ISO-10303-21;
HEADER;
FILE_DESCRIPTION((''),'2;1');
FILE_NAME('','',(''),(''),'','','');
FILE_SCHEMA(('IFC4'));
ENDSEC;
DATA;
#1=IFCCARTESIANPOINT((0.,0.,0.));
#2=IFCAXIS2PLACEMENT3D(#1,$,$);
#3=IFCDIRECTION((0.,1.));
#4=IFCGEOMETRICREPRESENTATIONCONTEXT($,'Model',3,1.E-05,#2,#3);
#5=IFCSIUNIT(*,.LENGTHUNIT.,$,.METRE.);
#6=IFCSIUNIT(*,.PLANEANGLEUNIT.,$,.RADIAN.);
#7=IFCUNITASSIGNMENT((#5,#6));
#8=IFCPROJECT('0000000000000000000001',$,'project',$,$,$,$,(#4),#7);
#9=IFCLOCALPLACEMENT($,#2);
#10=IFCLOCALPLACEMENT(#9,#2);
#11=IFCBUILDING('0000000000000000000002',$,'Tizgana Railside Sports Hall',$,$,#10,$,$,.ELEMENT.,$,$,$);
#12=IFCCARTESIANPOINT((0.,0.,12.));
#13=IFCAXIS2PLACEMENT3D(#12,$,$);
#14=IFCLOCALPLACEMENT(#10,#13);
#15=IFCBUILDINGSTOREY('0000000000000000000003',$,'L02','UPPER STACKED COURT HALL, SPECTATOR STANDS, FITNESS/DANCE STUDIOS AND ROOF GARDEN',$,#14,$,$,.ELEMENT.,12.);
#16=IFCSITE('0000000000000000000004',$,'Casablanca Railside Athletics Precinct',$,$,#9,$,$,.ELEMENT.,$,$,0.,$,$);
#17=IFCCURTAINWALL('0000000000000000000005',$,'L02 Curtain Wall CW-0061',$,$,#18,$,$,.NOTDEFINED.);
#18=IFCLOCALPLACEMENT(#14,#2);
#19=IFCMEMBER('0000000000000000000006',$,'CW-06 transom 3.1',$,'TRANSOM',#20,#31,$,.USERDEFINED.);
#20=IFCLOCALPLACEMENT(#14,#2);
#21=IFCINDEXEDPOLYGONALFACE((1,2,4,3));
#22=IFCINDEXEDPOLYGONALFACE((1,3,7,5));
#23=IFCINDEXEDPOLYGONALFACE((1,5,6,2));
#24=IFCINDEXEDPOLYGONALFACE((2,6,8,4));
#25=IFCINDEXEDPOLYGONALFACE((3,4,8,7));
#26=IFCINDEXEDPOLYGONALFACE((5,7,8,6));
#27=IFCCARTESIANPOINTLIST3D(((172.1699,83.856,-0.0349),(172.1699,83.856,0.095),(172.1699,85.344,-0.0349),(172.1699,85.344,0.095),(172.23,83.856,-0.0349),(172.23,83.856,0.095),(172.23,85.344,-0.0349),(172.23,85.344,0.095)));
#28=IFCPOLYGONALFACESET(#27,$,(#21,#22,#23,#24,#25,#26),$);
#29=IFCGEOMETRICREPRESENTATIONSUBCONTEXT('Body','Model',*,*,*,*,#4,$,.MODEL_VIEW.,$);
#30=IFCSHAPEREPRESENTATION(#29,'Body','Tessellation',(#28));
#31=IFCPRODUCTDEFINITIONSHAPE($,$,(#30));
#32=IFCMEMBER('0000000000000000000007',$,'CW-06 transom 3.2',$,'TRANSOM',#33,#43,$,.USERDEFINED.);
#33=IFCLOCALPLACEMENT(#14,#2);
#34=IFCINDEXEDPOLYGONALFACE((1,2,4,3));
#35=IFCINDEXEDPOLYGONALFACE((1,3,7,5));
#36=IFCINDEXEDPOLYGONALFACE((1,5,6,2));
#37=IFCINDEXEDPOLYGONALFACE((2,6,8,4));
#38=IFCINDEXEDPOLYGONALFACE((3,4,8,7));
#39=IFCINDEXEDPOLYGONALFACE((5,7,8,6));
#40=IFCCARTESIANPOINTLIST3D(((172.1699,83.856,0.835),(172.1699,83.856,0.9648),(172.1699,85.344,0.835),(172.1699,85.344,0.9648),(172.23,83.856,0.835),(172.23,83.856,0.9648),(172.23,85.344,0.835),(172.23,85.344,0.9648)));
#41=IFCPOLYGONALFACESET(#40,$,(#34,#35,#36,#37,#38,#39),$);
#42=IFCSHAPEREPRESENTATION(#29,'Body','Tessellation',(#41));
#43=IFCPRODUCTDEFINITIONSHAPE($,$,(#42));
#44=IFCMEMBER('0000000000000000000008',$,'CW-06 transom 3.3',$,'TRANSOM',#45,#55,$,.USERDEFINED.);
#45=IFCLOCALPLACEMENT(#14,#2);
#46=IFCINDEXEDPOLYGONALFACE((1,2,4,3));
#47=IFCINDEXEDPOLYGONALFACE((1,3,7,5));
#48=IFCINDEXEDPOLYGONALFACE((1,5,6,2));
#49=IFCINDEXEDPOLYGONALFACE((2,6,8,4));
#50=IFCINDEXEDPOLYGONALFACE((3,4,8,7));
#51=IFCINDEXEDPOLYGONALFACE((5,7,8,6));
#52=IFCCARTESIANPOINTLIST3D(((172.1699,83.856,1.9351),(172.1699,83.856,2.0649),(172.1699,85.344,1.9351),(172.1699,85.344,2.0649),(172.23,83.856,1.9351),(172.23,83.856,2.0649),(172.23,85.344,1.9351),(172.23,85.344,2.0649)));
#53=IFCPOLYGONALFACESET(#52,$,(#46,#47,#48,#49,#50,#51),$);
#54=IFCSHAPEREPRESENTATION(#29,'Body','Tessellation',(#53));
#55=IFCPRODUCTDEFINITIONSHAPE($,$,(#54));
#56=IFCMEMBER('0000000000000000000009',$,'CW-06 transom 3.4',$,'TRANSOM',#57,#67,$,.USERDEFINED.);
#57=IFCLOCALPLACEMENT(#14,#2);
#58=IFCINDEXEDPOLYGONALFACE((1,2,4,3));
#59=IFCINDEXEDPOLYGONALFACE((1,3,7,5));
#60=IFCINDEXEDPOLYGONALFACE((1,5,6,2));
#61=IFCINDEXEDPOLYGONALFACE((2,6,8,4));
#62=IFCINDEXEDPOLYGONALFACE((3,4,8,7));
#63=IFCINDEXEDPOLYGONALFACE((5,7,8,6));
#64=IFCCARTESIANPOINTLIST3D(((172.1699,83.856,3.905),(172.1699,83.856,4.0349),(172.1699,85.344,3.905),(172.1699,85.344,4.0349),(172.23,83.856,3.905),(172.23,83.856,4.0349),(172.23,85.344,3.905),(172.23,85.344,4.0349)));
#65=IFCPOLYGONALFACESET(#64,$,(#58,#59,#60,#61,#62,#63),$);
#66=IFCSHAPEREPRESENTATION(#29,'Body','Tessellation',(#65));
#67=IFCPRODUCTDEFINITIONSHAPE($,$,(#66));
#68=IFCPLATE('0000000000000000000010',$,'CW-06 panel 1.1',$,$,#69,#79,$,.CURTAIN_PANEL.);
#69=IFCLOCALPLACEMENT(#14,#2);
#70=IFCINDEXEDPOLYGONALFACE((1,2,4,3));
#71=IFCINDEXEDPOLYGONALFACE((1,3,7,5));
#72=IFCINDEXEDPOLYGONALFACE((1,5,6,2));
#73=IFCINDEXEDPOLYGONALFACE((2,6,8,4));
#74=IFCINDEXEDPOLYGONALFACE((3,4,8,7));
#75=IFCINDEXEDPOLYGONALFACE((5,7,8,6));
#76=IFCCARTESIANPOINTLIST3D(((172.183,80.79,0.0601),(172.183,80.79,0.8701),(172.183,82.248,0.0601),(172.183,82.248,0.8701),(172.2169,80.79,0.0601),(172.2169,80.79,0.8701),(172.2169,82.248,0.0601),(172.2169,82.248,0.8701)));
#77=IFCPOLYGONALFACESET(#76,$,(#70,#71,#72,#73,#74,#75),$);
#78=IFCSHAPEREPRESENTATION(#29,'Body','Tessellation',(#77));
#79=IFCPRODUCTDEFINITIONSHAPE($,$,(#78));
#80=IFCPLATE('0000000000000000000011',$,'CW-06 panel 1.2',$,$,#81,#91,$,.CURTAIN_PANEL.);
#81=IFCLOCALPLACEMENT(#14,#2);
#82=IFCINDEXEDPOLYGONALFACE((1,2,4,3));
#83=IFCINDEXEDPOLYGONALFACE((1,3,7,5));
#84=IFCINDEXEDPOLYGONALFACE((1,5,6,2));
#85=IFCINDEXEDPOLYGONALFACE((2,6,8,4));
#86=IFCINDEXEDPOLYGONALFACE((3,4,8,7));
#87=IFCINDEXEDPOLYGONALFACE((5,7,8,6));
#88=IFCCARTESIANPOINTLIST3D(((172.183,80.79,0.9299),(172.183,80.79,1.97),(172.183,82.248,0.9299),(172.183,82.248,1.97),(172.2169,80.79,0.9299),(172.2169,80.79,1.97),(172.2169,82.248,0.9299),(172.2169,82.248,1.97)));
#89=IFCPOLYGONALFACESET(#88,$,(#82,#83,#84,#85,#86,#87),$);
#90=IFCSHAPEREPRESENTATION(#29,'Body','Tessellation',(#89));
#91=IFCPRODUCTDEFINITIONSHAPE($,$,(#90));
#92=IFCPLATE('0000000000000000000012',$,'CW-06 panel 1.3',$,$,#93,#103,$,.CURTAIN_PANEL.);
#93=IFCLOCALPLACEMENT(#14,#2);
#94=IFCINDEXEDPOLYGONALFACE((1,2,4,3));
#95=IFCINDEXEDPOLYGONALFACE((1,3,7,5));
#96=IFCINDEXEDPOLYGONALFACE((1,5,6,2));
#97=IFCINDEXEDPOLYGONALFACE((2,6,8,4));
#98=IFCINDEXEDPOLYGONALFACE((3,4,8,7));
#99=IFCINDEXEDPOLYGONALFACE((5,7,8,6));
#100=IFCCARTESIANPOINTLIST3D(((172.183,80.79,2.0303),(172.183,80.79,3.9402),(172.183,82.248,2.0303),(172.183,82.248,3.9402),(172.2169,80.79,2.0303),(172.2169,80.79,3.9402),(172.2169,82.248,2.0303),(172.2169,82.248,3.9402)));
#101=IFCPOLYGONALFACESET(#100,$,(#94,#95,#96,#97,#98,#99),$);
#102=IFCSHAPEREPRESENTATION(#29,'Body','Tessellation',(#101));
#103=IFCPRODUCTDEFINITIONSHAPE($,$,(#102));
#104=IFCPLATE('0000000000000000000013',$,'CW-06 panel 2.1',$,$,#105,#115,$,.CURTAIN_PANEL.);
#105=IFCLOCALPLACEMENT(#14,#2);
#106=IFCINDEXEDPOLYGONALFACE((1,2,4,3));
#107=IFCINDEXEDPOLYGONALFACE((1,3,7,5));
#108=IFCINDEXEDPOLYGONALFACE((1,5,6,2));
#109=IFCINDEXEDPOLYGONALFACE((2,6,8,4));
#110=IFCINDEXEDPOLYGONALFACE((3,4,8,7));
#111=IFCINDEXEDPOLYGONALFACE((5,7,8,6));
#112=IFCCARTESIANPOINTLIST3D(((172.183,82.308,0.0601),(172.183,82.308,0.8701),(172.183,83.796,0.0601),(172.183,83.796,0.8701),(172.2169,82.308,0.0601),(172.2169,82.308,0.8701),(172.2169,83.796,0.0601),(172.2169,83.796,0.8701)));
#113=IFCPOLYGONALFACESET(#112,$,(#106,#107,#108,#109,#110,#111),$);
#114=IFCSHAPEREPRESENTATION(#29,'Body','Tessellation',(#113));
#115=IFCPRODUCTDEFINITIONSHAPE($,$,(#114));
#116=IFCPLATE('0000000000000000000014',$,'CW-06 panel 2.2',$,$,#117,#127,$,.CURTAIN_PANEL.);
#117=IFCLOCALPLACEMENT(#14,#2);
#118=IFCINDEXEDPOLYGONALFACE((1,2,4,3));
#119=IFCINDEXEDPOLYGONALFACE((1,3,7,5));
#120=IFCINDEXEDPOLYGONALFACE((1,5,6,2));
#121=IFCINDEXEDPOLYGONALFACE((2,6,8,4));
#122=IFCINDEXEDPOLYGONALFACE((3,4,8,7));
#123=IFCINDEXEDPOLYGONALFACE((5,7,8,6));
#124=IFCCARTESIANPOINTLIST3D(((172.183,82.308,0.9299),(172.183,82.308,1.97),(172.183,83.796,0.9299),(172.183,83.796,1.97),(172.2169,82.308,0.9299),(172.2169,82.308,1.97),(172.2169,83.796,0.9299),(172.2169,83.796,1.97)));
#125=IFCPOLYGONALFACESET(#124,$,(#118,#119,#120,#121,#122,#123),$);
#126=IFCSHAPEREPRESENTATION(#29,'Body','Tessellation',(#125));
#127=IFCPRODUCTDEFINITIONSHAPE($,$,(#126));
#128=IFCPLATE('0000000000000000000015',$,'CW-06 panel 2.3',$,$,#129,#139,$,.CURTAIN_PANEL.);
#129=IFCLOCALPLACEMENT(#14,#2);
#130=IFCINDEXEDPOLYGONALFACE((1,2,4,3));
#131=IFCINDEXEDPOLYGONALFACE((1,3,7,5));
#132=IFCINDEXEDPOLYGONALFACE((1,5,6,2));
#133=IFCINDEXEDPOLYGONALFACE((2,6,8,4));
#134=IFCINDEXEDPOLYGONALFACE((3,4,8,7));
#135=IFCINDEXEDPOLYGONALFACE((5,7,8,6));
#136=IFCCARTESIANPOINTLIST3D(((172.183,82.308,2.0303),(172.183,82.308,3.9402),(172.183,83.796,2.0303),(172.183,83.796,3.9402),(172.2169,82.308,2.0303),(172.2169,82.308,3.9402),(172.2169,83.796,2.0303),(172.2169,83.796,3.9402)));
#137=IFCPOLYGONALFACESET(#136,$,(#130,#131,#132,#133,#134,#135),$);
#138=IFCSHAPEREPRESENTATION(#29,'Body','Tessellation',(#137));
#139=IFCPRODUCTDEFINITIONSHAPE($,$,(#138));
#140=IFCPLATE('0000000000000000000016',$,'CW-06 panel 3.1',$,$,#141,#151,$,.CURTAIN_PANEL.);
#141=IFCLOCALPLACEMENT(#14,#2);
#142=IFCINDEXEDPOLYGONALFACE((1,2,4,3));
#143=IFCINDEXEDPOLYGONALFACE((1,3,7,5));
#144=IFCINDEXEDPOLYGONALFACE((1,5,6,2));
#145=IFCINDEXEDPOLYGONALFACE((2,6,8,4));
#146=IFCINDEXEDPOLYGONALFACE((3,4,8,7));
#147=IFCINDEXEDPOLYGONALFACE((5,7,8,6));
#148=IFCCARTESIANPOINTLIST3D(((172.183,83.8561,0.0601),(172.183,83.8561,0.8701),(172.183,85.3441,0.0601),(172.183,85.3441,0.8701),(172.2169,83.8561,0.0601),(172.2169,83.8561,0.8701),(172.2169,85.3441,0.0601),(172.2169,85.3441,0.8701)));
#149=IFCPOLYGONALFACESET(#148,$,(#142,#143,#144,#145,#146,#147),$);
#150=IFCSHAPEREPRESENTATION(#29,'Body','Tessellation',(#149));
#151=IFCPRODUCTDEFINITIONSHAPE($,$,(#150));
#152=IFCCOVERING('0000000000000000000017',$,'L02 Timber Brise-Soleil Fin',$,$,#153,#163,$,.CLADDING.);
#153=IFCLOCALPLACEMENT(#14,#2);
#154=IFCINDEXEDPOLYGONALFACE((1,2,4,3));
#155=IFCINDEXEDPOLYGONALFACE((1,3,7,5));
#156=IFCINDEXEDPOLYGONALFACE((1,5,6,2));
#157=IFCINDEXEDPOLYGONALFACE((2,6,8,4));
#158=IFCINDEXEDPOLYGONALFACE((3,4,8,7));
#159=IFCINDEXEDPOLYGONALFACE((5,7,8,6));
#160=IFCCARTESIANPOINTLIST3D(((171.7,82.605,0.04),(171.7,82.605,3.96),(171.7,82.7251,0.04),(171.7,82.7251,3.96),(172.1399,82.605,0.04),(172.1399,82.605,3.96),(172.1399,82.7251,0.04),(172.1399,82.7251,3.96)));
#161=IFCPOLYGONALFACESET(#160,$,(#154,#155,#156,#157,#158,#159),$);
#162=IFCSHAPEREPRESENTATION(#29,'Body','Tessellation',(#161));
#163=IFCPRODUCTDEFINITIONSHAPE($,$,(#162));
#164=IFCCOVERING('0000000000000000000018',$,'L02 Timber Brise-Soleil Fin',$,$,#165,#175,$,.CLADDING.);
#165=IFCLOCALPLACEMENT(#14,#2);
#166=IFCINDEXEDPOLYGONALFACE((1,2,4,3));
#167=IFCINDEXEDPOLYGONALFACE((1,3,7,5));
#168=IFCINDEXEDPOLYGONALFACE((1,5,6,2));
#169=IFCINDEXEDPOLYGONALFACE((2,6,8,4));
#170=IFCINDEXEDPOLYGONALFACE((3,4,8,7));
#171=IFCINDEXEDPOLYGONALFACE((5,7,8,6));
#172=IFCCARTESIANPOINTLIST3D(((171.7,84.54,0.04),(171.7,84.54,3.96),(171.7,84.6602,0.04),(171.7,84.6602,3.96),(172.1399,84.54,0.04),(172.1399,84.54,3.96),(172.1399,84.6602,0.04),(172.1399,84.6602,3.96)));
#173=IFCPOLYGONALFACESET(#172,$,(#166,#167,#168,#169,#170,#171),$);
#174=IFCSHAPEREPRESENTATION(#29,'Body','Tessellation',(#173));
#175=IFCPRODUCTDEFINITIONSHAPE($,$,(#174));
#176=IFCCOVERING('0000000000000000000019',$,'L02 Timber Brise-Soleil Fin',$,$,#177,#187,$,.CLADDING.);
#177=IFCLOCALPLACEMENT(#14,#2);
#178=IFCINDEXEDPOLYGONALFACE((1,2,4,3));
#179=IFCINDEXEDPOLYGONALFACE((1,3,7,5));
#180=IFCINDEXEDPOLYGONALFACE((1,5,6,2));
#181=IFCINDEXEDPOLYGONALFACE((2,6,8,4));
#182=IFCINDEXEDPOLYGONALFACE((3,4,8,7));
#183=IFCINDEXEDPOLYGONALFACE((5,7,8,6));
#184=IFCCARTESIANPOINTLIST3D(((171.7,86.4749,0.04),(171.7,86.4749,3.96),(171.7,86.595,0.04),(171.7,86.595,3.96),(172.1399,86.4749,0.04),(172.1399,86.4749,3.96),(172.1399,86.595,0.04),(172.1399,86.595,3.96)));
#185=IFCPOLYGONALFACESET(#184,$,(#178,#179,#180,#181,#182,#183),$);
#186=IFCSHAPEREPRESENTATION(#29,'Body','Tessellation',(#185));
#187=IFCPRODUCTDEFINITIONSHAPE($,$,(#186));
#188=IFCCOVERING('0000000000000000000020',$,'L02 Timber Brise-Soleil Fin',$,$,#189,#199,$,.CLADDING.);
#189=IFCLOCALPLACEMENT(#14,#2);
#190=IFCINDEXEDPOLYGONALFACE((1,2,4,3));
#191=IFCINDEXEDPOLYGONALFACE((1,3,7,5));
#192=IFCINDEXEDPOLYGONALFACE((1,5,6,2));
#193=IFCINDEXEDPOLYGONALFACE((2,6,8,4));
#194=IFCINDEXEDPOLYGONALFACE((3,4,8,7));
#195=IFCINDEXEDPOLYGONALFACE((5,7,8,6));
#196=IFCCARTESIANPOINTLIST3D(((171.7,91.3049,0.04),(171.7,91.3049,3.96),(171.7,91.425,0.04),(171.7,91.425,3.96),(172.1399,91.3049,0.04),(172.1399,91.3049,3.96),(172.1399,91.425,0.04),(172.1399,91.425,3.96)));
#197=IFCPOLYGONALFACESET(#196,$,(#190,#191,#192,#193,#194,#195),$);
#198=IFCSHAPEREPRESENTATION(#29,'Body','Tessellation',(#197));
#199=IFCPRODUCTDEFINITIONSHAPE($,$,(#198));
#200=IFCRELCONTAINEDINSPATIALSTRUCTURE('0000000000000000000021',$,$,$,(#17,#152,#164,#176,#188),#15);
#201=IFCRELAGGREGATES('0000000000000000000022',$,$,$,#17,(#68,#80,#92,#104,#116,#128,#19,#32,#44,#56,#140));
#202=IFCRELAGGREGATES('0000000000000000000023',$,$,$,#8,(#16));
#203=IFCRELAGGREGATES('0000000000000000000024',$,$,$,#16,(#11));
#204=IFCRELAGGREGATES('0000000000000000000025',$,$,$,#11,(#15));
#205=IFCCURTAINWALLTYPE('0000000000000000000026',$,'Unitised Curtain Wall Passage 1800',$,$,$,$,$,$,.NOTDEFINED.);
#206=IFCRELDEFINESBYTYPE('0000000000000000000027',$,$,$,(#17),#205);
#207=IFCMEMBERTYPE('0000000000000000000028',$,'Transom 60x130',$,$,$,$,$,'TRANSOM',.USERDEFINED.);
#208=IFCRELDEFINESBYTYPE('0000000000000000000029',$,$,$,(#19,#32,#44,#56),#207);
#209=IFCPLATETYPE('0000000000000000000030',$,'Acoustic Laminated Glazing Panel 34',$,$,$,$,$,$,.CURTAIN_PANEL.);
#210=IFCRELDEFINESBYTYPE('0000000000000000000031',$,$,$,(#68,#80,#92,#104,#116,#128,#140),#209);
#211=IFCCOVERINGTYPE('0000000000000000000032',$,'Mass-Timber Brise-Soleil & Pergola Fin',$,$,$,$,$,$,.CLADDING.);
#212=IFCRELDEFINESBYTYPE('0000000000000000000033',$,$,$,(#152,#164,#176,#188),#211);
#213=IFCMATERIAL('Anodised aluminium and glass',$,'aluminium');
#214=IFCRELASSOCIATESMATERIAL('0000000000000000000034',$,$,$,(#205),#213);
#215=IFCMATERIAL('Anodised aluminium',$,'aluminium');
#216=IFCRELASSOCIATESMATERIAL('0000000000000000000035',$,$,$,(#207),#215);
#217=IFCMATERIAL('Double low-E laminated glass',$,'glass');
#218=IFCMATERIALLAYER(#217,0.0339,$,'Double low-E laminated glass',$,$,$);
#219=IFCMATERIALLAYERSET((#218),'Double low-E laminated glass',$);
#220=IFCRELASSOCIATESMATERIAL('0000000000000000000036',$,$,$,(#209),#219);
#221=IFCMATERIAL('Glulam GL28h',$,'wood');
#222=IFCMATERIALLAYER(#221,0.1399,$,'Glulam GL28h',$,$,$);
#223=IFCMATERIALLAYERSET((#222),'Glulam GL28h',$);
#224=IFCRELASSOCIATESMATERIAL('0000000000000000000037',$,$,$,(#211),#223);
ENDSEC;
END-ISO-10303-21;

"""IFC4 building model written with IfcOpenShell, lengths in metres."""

from ifc_helpers import new_model, si_unit, direction, frame, origin, origin_2d, place, context, subcontext, project, spatial, rectangle, extrude, material, layer, layer_set, material_profile, profile_set, type_object, element, aggregate, save


model = new_model("IFC4")

# Units and contexts
model_context = context("Model", 3, precision=1e-05, world=origin(), true_north=direction((0.0, 1.0)))
body_context = subcontext(model_context, "Body", "Model", "MODEL_VIEW")
ifc_project = project(units=[si_unit("LENGTHUNIT", "METRE"), si_unit("PLANEANGLEUNIT", "RADIAN")], contexts=[model_context])

# Site, building, storey
site_placement = place(None, origin())
site = spatial("IfcSite", under=ifc_project, at=site_placement, Name="Casablanca Railside Athletics Precinct", CompositionType="ELEMENT", RefElevation=0.0)
building_placement = place(site_placement, origin())
building = spatial("IfcBuilding", under=site, at=building_placement, Name="Tizgana Railside Sports Hall", CompositionType="ELEMENT")
storey_placement = place(building_placement, frame((0.0, 0.0, 12.0)))
storey = spatial("IfcBuildingStorey", under=building, at=storey_placement, Name="L02", Description="UPPER STACKED COURT HALL, SPECTATOR STANDS, FITNESS/DANCE STUDIOS AND ROOF GARDEN", CompositionType="ELEMENT", Elevation=12.0)

# Curtain wall
ifc_material_1 = material(Name="Anodised aluminium and glass", Category="aluminium")
curtain_wall_type = type_object("IfcCurtainWallType", Name="Unitised Curtain Wall Passage 1800", PredefinedType="NOTDEFINED", material=ifc_material_1)
curtain_wall_placement = place(storey_placement, origin())
curtain_wall = element("IfcCurtainWall", 1, at=curtain_wall_placement, inside=storey, type_object=curtain_wall_type, Name="L02 Curtain Wall CW-0061", PredefinedType="NOTDEFINED")
ifc_material_2 = material(Name="Anodised aluminium", Category="aluminium")

# Members
ifc_material_profile_1 = material_profile(ifc_material_2, rectangle(XDim=0.0601, YDim=0.1299, at=origin_2d()), Name="Transom 60x130")
ifc_profile_set_1 = profile_set([ifc_material_profile_1], Name="Anodised aluminium")
member_type_1 = type_object("IfcMemberType", Name="Transom 60x130", ElementType="TRANSOM", PredefinedType="USERDEFINED", material=ifc_profile_set_1)
member_1_placement = place(storey_placement, frame((172.2, 83.856, 0.03), z_axis=(0.0, 1.0, 0.0), x_axis=(-1.0, 0.0, 0.0)))
member_1 = element("IfcMember", 2, at=member_1_placement, type_object=member_type_1, Name="CW-06 transom 3.1", ObjectType="TRANSOM", PredefinedType="USERDEFINED", context=body_context, shape_type="SweptSolid", body=[
    extrude(rectangle(XDim=0.0601, YDim=0.1299, at=origin_2d()), origin(), (0.0, 0.0, 1.0), 1.488),
])
member_2_placement = place(storey_placement, frame((172.2, 83.856, 0.8999), z_axis=(0.0, 1.0, 0.0), x_axis=(-1.0, 0.0, 0.0)))
member_2 = element("IfcMember", 3, at=member_2_placement, type_object=member_type_1, Name="CW-06 transom 3.2", ObjectType="TRANSOM", PredefinedType="USERDEFINED", context=body_context, shape_type="SweptSolid", body=[
    extrude(rectangle(XDim=0.0601, YDim=0.1299, at=origin_2d()), origin(), (0.0, 0.0, 1.0), 1.488),
])
member_3_placement = place(storey_placement, frame((172.2, 83.856, 2.0), z_axis=(0.0, 1.0, 0.0), x_axis=(-1.0, 0.0, 0.0)))
member_3 = element("IfcMember", 4, at=member_3_placement, type_object=member_type_1, Name="CW-06 transom 3.3", ObjectType="TRANSOM", PredefinedType="USERDEFINED", context=body_context, shape_type="SweptSolid", body=[
    extrude(rectangle(XDim=0.0601, YDim=0.1299, at=origin_2d()), origin(), (0.0, 0.0, 1.0), 1.488),
])
member_4_placement = place(storey_placement, frame((172.2, 83.856, 3.97), z_axis=(0.0, 1.0, 0.0), x_axis=(-1.0, 0.0, 0.0)))
member_4 = element("IfcMember", 5, at=member_4_placement, type_object=member_type_1, Name="CW-06 transom 3.4", ObjectType="TRANSOM", PredefinedType="USERDEFINED", context=body_context, shape_type="SweptSolid", body=[
    extrude(rectangle(XDim=0.0601, YDim=0.1299, at=origin_2d()), origin(), (0.0, 0.0, 1.0), 1.488),
])

# Plates
ifc_material_3 = material(Name="Double low-E laminated glass", Category="glass")
ifc_layer_1 = layer(ifc_material_3, 0.0339, Name="Double low-E laminated glass")
ifc_layer_set_1 = layer_set([ifc_layer_1], Name="Double low-E laminated glass")
plate_type = type_object("IfcPlateType", Name="Acoustic Laminated Glazing Panel 34", PredefinedType="CURTAIN_PANEL", material=ifc_layer_set_1)
plate_1_placement = place(storey_placement, frame((172.2, 81.519, 0.0601), z_axis=(0.0, 0.0, 1.0), x_axis=(0.0, 1.0, 0.0)))
plate_1 = element("IfcPlate", 6, at=plate_1_placement, type_object=plate_type, Name="CW-06 panel 1.1", PredefinedType="CURTAIN_PANEL", context=body_context, shape_type="SweptSolid", body=[
    extrude(rectangle(XDim=1.458, YDim=0.0339, at=origin_2d()), origin(), (0.0, 0.0, 1.0), 0.8101),
])
plate_2_placement = place(storey_placement, frame((172.2, 81.519, 0.9299), z_axis=(0.0, 0.0, 1.0), x_axis=(0.0, 1.0, 0.0)))
plate_2 = element("IfcPlate", 7, at=plate_2_placement, type_object=plate_type, Name="CW-06 panel 1.2", PredefinedType="CURTAIN_PANEL", context=body_context, shape_type="SweptSolid", body=[
    extrude(rectangle(XDim=1.458, YDim=0.0339, at=origin_2d()), origin(), (0.0, 0.0, 1.0), 1.04),
])
plate_3_placement = place(storey_placement, frame((172.2, 81.519, 2.0303), z_axis=(0.0, 0.0, 1.0), x_axis=(0.0, 1.0, 0.0)))
plate_3 = element("IfcPlate", 8, at=plate_3_placement, type_object=plate_type, Name="CW-06 panel 1.3", PredefinedType="CURTAIN_PANEL", context=body_context, shape_type="SweptSolid", body=[
    extrude(rectangle(XDim=1.458, YDim=0.0339, at=origin_2d()), origin(), (0.0, 0.0, 1.0), 1.9099),
])
plate_4_placement = place(storey_placement, frame((172.2, 83.052, 0.0601), z_axis=(0.0, 0.0, 1.0), x_axis=(0.0, 1.0, 0.0)))
plate_4 = element("IfcPlate", 9, at=plate_4_placement, type_object=plate_type, Name="CW-06 panel 2.1", PredefinedType="CURTAIN_PANEL", context=body_context, shape_type="SweptSolid", body=[
    extrude(rectangle(XDim=1.488, YDim=0.0339, at=origin_2d()), origin(), (0.0, 0.0, 1.0), 0.8101),
])
plate_5_placement = place(storey_placement, frame((172.2, 83.052, 0.9299), z_axis=(0.0, 0.0, 1.0), x_axis=(0.0, 1.0, 0.0)))
plate_5 = element("IfcPlate", 10, at=plate_5_placement, type_object=plate_type, Name="CW-06 panel 2.2", PredefinedType="CURTAIN_PANEL", context=body_context, shape_type="SweptSolid", body=[
    extrude(rectangle(XDim=1.488, YDim=0.0339, at=origin_2d()), origin(), (0.0, 0.0, 1.0), 1.04),
])
plate_6_placement = place(storey_placement, frame((172.2, 83.052, 2.0303), z_axis=(0.0, 0.0, 1.0), x_axis=(0.0, 1.0, 0.0)))
plate_6 = element("IfcPlate", 11, at=plate_6_placement, type_object=plate_type, Name="CW-06 panel 2.3", PredefinedType="CURTAIN_PANEL", context=body_context, shape_type="SweptSolid", body=[
    extrude(rectangle(XDim=1.488, YDim=0.0339, at=origin_2d()), origin(), (0.0, 0.0, 1.0), 1.9099),
])
plate_7_placement = place(storey_placement, frame((172.2, 84.6001, 0.0601), z_axis=(0.0, 0.0, 1.0), x_axis=(0.0, 1.0, 0.0)))
plate_7 = element("IfcPlate", 12, at=plate_7_placement, type_object=plate_type, Name="CW-06 panel 3.1", PredefinedType="CURTAIN_PANEL", context=body_context, shape_type="SweptSolid", body=[
    extrude(rectangle(XDim=1.488, YDim=0.0339, at=origin_2d()), origin(), (0.0, 0.0, 1.0), 0.8101),
])
aggregate(curtain_wall, [plate_1, plate_2, plate_3, plate_4, plate_5, plate_6, member_1, member_2, member_3, member_4, plate_7])

# Coverings
ifc_material_4 = material(Name="Glulam GL28h", Category="wood")
ifc_layer_2 = layer(ifc_material_4, 0.1399, Name="Glulam GL28h")
ifc_layer_set_2 = layer_set([ifc_layer_2], Name="Glulam GL28h")
covering_type = type_object("IfcCoveringType", Name="Mass-Timber Brise-Soleil & Pergola Fin", PredefinedType="CLADDING", material=ifc_layer_set_2)
for number, where, z_axis, x_axis, name in (
    (13, (171.9199, 82.665, 0.04), (0.0, 0.0, 1.0), (0.0, 1.0, 0.0), "L02 Timber Brise-Soleil Fin"),
    (14, (171.9199, 84.6001, 0.04), (0.0, 0.0, 1.0), (0.0, 1.0, 0.0), "L02 Timber Brise-Soleil Fin"),
    (15, (171.9199, 86.5349, 0.04), (0.0, 0.0, 1.0), (0.0, 1.0, 0.0), "L02 Timber Brise-Soleil Fin"),
    (16, (171.9199, 91.365, 0.04), (0.0, 0.0, 1.0), (0.0, 1.0, 0.0), "L02 Timber Brise-Soleil Fin"),
):
    element("IfcCovering", number, at=place(storey_placement, frame(where, z_axis=z_axis, x_axis=x_axis)), inside=storey, type_object=covering_type, Name=name, PredefinedType="CLADDING", context=body_context, shape_type="SweptSolid", body=[
        extrude(rectangle(XDim=0.1201, YDim=0.4399, at=origin_2d()), origin(), (0.0, 0.0, 1.0), 3.9199),
    ])

save(model, "model.ifc")
